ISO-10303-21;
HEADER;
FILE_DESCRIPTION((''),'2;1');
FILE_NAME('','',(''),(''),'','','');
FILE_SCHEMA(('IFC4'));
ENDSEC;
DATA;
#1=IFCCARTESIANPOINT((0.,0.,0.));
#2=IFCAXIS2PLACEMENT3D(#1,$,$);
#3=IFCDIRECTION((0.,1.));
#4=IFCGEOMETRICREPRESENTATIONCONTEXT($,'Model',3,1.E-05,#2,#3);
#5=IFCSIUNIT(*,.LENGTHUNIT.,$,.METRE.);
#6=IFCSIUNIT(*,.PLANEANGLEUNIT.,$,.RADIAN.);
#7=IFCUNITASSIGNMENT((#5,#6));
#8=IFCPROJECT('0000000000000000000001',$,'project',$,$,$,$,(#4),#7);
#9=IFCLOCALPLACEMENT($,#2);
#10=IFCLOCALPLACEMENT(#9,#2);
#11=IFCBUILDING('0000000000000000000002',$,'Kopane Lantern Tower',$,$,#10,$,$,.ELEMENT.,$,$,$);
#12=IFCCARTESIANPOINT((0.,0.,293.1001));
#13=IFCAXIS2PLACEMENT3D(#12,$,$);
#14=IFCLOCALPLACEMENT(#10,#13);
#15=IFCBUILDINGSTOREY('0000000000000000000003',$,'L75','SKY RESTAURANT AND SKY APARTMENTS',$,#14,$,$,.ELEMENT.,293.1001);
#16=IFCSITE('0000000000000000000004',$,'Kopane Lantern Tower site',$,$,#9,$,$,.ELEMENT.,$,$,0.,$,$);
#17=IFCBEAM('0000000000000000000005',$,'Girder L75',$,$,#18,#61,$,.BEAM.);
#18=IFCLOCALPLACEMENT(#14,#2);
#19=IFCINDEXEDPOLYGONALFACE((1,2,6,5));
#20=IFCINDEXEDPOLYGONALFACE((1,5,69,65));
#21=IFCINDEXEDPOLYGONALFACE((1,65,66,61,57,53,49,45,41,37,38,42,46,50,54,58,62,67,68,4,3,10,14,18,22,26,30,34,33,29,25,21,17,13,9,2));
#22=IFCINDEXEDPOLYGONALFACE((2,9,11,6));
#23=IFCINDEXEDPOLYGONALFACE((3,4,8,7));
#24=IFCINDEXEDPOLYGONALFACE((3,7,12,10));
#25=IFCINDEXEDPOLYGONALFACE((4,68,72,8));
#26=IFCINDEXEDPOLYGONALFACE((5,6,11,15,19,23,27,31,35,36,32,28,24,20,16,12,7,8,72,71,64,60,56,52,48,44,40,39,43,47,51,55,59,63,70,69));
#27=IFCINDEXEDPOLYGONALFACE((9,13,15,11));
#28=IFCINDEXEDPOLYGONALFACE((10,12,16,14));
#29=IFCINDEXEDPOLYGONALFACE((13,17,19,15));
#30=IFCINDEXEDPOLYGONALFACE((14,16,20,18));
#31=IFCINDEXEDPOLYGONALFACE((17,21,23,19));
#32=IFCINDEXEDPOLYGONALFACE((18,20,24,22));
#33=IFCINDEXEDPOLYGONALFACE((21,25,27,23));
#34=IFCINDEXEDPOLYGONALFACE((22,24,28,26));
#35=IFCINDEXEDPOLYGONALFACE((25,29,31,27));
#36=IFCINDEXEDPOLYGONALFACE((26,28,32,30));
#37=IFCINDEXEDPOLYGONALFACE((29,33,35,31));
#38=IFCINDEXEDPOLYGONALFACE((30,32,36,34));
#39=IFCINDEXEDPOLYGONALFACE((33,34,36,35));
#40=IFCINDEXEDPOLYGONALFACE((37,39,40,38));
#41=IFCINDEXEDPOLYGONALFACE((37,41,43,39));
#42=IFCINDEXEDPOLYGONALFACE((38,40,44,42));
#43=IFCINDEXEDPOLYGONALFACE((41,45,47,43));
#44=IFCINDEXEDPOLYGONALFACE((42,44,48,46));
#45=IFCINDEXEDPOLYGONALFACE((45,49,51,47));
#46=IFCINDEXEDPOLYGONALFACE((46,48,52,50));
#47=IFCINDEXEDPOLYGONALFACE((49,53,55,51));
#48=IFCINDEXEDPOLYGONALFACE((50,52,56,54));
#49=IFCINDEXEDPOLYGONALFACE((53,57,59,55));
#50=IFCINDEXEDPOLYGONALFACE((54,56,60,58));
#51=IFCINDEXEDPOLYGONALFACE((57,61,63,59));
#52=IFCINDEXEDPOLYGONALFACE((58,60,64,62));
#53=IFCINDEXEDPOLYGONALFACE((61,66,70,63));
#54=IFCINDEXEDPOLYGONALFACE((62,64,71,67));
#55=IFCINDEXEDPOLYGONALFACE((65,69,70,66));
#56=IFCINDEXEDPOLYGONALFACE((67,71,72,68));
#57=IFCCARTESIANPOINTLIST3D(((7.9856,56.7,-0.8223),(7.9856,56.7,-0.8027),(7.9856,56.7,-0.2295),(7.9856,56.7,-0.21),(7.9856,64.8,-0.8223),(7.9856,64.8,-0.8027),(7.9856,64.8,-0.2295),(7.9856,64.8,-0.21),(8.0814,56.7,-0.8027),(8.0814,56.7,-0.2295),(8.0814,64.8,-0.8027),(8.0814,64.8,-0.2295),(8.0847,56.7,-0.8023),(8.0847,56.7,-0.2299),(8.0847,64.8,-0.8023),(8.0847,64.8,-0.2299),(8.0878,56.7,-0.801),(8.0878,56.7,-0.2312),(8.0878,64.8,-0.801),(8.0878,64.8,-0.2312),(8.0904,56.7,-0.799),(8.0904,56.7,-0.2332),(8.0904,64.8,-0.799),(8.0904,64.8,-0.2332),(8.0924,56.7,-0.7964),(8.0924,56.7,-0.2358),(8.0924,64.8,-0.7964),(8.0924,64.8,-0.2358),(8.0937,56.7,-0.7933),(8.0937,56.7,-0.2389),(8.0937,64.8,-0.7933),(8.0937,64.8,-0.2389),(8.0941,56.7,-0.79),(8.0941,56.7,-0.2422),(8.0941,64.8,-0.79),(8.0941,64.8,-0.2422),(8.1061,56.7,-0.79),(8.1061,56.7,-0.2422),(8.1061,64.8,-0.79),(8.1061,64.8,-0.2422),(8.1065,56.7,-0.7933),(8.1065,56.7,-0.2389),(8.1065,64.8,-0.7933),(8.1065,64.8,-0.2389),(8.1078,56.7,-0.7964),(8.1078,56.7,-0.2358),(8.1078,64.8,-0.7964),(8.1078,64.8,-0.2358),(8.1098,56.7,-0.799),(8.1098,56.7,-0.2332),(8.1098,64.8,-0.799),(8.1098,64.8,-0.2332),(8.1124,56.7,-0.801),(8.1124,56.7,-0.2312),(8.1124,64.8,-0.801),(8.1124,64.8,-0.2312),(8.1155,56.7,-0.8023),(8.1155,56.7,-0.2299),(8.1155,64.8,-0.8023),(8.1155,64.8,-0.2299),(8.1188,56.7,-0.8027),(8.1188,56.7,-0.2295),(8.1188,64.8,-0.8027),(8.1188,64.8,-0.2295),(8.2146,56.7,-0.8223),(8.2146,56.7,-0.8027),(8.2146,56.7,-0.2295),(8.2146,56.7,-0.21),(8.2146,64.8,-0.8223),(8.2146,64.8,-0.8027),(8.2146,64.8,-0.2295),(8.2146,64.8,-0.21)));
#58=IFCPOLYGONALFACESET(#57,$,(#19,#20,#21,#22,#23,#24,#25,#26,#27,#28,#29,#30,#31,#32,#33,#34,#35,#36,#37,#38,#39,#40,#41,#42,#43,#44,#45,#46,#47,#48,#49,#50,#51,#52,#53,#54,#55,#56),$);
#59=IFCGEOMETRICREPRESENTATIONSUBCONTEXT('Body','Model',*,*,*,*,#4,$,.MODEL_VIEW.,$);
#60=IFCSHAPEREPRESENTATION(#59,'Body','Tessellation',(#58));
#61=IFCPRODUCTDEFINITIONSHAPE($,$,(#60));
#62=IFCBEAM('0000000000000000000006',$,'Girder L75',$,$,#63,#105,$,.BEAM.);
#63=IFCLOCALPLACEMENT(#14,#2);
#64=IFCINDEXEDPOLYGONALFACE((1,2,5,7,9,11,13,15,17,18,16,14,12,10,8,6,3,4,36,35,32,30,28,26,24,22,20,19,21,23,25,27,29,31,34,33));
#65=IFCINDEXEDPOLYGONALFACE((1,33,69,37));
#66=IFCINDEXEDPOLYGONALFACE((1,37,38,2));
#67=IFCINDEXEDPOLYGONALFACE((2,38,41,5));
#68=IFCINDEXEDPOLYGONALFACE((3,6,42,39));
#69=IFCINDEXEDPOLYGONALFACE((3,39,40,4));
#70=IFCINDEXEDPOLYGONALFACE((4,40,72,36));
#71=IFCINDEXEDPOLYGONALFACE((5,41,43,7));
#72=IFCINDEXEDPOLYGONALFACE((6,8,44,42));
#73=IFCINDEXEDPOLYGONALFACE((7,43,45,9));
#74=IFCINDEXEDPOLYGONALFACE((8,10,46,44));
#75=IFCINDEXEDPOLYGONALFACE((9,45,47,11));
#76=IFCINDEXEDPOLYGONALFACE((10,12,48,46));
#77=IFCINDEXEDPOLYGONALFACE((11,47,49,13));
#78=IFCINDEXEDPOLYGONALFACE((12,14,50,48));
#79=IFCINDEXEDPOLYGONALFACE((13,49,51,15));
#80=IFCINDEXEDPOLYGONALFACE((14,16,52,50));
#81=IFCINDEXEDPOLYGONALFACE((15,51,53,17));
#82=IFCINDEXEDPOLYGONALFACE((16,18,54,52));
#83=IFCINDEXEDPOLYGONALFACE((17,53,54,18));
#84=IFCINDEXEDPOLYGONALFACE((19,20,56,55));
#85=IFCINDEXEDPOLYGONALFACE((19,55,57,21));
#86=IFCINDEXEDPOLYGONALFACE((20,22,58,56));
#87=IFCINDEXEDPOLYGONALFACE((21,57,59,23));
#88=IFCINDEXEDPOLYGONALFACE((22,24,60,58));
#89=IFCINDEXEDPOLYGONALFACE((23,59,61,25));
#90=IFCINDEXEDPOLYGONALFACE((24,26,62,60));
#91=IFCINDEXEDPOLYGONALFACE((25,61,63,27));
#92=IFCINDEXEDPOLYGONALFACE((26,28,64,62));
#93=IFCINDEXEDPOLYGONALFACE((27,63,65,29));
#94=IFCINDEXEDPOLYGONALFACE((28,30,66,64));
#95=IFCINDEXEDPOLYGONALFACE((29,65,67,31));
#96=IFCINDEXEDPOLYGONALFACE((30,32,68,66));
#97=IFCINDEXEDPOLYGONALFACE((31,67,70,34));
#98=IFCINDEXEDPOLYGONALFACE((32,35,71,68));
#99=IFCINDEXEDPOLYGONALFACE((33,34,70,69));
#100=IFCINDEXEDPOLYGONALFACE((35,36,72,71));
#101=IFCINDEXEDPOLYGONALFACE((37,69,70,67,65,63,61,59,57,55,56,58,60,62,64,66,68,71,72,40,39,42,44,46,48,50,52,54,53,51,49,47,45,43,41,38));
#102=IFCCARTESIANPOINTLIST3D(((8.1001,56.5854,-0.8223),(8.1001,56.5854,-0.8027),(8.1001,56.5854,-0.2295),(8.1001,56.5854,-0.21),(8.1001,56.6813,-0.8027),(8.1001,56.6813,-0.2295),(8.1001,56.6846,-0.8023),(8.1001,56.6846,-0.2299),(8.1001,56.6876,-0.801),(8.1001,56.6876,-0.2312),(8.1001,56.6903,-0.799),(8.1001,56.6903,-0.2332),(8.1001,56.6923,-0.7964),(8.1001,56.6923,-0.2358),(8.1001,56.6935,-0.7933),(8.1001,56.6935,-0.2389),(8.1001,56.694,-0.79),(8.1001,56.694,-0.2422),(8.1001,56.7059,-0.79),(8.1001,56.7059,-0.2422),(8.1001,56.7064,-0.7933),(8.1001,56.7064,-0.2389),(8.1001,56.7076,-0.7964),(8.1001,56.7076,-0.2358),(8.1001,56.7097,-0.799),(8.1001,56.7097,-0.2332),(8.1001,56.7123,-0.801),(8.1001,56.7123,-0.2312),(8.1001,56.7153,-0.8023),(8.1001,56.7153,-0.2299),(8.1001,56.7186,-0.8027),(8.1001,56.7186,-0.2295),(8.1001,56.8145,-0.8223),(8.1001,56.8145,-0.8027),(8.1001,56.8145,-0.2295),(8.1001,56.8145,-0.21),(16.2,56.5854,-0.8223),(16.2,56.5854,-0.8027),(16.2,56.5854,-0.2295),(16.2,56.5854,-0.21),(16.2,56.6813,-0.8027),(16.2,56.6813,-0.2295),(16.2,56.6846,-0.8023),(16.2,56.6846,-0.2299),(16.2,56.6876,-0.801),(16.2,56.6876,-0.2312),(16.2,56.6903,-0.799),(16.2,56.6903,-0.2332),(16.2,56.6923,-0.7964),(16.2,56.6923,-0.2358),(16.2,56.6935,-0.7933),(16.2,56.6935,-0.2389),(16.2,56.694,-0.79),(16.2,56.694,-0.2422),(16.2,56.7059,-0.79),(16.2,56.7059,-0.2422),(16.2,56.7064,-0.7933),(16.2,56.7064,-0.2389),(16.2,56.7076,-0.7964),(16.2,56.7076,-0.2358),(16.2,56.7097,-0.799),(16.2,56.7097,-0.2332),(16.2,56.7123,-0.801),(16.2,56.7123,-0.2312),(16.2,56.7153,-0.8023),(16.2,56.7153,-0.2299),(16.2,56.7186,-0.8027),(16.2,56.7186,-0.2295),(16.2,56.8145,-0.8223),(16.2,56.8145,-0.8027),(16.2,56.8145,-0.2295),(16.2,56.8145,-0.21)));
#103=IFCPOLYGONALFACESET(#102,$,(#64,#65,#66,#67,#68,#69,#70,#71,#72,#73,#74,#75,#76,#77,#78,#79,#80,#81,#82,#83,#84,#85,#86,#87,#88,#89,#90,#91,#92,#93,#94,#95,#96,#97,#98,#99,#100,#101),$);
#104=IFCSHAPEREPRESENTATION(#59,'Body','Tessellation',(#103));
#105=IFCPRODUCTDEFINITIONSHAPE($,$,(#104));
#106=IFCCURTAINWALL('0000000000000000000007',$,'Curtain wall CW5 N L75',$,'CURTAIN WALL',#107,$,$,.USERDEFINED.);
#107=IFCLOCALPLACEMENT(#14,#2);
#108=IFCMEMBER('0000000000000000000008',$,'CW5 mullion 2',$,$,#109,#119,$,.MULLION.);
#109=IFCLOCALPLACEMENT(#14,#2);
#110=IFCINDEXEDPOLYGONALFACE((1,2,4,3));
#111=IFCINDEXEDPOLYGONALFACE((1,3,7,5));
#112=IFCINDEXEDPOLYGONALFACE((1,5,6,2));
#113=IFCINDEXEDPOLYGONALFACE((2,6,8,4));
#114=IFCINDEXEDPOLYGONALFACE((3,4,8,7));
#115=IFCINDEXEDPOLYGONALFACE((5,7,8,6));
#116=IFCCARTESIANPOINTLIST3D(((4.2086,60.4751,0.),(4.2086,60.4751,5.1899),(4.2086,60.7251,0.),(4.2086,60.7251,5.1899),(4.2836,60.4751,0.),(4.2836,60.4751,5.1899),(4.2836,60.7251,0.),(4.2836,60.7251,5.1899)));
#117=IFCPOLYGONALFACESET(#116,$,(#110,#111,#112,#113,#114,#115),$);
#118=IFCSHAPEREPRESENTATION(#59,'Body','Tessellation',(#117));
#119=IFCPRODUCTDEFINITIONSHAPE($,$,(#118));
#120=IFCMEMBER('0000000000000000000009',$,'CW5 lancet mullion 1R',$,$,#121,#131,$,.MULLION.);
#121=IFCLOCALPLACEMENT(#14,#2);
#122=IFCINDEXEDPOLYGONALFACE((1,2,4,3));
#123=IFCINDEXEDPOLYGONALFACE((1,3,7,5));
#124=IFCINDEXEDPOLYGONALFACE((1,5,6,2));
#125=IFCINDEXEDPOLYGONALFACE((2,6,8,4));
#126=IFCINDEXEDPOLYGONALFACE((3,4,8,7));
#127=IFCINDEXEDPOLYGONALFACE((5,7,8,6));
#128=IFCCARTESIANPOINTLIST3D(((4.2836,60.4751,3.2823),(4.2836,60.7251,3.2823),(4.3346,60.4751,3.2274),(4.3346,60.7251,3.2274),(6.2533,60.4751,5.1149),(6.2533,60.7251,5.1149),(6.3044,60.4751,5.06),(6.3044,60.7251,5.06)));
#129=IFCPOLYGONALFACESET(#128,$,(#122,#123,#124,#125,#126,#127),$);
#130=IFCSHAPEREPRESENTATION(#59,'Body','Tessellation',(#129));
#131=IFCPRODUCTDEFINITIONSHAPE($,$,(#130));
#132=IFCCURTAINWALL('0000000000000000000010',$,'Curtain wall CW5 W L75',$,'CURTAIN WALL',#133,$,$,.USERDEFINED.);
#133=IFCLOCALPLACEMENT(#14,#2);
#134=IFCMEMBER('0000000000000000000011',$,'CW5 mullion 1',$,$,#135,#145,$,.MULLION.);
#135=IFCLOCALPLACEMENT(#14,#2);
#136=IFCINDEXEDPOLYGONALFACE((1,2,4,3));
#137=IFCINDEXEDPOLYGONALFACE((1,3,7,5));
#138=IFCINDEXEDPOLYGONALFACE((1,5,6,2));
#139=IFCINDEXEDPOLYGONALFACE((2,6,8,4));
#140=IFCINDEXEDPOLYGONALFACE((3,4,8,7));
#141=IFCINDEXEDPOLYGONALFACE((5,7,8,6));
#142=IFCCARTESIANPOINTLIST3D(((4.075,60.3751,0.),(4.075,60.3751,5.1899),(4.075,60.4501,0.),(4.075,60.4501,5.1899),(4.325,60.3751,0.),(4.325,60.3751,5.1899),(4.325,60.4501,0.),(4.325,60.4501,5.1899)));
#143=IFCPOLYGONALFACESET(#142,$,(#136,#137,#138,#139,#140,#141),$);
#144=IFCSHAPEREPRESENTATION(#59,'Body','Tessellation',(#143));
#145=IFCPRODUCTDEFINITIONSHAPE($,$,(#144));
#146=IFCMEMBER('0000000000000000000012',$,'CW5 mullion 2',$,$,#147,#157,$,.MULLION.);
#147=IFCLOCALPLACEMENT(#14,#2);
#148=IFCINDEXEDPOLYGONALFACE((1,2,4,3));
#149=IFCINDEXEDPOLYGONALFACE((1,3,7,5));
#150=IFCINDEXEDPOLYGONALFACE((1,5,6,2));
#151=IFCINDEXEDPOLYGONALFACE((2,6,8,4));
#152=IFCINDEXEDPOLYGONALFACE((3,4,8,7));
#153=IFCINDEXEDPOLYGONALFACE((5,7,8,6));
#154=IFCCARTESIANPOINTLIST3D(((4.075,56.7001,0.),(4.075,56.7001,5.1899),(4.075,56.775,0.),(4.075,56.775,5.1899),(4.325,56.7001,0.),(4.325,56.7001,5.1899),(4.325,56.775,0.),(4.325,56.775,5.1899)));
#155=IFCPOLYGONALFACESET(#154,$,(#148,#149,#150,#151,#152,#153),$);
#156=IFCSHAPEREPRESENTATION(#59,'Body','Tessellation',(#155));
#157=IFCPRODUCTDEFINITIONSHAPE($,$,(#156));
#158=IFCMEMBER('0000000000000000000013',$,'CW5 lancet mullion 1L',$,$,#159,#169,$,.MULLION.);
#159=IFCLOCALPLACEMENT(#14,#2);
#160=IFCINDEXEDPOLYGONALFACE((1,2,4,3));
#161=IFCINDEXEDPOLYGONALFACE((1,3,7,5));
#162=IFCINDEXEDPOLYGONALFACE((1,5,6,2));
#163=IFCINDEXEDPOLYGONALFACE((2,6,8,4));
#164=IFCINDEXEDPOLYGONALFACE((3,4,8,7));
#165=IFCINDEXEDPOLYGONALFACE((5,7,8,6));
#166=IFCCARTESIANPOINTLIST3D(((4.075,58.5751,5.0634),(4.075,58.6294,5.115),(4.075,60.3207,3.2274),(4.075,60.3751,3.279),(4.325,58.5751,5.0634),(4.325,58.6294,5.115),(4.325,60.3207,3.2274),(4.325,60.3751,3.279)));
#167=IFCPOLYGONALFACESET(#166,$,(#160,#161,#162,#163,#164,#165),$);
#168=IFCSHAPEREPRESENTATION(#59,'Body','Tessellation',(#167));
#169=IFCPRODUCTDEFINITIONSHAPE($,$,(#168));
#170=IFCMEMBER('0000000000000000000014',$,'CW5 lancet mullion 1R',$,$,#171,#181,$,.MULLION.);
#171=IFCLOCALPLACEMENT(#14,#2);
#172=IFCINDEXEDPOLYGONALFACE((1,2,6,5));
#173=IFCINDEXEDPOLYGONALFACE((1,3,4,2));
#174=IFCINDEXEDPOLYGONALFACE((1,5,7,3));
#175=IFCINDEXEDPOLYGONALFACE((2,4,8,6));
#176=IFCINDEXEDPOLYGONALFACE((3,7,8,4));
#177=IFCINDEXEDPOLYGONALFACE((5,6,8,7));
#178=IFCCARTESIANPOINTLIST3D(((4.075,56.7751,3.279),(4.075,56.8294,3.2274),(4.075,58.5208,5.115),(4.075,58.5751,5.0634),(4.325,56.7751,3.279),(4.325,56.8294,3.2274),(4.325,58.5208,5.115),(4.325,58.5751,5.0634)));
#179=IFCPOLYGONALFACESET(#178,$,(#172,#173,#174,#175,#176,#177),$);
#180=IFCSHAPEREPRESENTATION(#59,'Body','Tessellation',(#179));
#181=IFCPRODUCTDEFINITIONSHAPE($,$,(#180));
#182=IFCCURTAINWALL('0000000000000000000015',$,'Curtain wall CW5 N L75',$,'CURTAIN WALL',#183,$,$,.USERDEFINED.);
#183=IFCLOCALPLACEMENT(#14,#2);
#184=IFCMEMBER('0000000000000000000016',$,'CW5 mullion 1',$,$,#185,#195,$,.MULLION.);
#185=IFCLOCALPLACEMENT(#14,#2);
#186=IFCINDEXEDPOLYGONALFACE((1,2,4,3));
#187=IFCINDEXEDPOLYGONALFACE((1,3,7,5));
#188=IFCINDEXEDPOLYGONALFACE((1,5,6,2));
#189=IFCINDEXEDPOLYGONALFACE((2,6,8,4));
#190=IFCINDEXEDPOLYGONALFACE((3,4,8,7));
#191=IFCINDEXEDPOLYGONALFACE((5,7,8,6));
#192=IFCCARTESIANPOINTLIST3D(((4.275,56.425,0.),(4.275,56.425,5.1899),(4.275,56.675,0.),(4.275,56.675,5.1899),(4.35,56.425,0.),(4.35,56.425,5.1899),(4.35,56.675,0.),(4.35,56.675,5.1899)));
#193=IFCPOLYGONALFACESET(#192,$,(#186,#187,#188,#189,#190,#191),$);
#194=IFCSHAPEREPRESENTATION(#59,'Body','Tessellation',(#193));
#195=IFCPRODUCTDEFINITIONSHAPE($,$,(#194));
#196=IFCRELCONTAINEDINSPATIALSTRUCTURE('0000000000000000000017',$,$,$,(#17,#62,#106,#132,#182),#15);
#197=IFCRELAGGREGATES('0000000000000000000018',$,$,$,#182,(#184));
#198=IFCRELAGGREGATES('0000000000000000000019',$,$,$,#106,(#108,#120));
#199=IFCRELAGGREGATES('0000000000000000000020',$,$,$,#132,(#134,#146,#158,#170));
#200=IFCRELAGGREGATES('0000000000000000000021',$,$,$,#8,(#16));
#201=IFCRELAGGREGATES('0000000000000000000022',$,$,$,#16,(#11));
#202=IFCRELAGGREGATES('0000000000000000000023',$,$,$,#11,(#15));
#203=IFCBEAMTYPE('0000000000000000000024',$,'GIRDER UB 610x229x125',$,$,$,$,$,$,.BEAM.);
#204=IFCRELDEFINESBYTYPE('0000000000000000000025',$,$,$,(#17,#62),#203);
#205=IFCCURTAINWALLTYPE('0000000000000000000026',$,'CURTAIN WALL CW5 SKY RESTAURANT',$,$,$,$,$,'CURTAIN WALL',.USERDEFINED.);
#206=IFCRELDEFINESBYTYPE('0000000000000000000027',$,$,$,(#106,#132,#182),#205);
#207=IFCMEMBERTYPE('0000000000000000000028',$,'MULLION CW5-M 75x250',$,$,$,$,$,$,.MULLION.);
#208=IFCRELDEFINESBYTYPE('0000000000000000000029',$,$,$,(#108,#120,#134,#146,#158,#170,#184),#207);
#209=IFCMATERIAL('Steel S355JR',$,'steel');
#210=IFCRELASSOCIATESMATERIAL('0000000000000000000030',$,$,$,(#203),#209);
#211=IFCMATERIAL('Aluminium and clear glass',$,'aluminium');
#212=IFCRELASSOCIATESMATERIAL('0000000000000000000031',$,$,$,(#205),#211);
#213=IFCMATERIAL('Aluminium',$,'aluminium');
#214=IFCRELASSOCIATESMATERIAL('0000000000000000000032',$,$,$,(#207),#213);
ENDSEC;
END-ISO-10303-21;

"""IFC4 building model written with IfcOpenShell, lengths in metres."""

from ifc_helpers import new_model, si_unit, direction, frame, origin, origin_2d, place, context, subcontext, project, spatial, rectangle, i_section, extrude, material, material_profile, profile_set, type_object, element, aggregate, save


model = new_model("IFC4")

# Units and contexts
model_context = context("Model", 3, precision=1e-05, world=origin(), true_north=direction((0.0, 1.0)))
body_context = subcontext(model_context, "Body", "Model", "MODEL_VIEW")
ifc_project = project(units=[si_unit("LENGTHUNIT", "METRE"), si_unit("PLANEANGLEUNIT", "RADIAN")], contexts=[model_context])

# Site, building, storey
site_placement = place(None, origin())
site = spatial("IfcSite", under=ifc_project, at=site_placement, Name="Kopane Lantern Tower site", CompositionType="ELEMENT", RefElevation=0.0)
building_placement = place(site_placement, origin())
building = spatial("IfcBuilding", under=site, at=building_placement, Name="Kopane Lantern Tower", CompositionType="ELEMENT")
storey_placement = place(building_placement, frame((0.0, 0.0, 293.1001)))
storey = spatial("IfcBuildingStorey", under=building, at=storey_placement, Name="L75", Description="SKY RESTAURANT AND SKY APARTMENTS", CompositionType="ELEMENT", Elevation=293.1001)

# Beams
ifc_material_1 = material(Name="Steel S355JR", Category="steel")
ifc_material_profile_1 = material_profile(ifc_material_1, i_section(OverallWidth=0.229, OverallDepth=0.6123, WebThickness=0.012, FlangeThickness=0.0195, FilletRadius=0.0127, at=origin_2d()), Name="UB 610x229x125")
ifc_profile_set_1 = profile_set([ifc_material_profile_1], Name="Steel S355JR")
beam_type_1 = type_object("IfcBeamType", Name="GIRDER UB 610x229x125", PredefinedType="BEAM", material=ifc_profile_set_1)
for number, where, z_axis, x_axis, name in (
    (1, (8.1001, 56.7, -0.5161), (0.0, 1.0, 0.0), (-1.0, 0.0, 0.0), "Girder L75"),
):
    element("IfcBeam", number, at=place(storey_placement, frame(where, z_axis=z_axis, x_axis=x_axis)), inside=storey, type_object=beam_type_1, Name=name, PredefinedType="BEAM", context=body_context, shape_type="SweptSolid", body=[
        extrude(i_section(OverallWidth=0.229, OverallDepth=0.6123, WebThickness=0.012, FlangeThickness=0.0195, FilletRadius=0.0127, at=origin_2d()), origin(), (0.0, 0.0, 1.0), 8.1001),
    ])
beam_1_placement = place(storey_placement, frame((8.1001, 56.7, -0.5161), z_axis=(1.0, 0.0, 0.0), x_axis=(0.0, 1.0, 0.0)))
element("IfcBeam", 2, at=beam_1_placement, inside=storey, type_object=beam_type_1, Name="Girder L75", PredefinedType="BEAM", context=body_context, shape_type="SweptSolid", body=[
    extrude(i_section(OverallWidth=0.229, OverallDepth=0.6123, WebThickness=0.012, FlangeThickness=0.0195, FilletRadius=0.0127, at=origin_2d()), origin(), (0.0, 0.0, 1.0), 8.0999),
])

# Curtain walls, members
ifc_material_2 = material(Name="Aluminium and clear glass", Category="aluminium")
curtain_wall_type = type_object("IfcCurtainWallType", Name="CURTAIN WALL CW5 SKY RESTAURANT", ElementType="CURTAIN WALL", PredefinedType="USERDEFINED", material=ifc_material_2)
curtain_wall_1_placement = place(storey_placement, origin())
curtain_wall_1 = element("IfcCurtainWall", 3, at=curtain_wall_1_placement, inside=storey, type_object=curtain_wall_type, Name="Curtain wall CW5 N L75", ObjectType="CURTAIN WALL", PredefinedType="USERDEFINED")
ifc_material_3 = material(Name="Aluminium", Category="aluminium")
ifc_material_profile_2 = material_profile(ifc_material_3, rectangle(XDim=0.075, YDim=0.25, at=origin_2d()), Name="AL 75x250")
ifc_profile_set_2 = profile_set([ifc_material_profile_2], Name="Aluminium")
member_type_1 = type_object("IfcMemberType", Name="MULLION CW5-M 75x250", PredefinedType="MULLION", material=ifc_profile_set_2)
member_1_placement = place(storey_placement, frame((4.2461, 60.6001, 0.0), z_axis=(0.0, 0.0, 1.0), x_axis=(-1.0, 0.0, 0.0)))
member_1 = element("IfcMember", 4, at=member_1_placement, type_object=member_type_1, Name="CW5 mullion 2", PredefinedType="MULLION", context=body_context, shape_type="SweptSolid", body=[
    extrude(rectangle(XDim=0.075, YDim=0.25, at=origin_2d()), origin(), (0.0, 0.0, 1.0), 5.1899),
])
member_2_placement = place(storey_placement, frame((4.3091, 60.6001, 3.2549), z_axis=(0.732147, 0.0, 0.681147), x_axis=(-0.681147, 0.0, 0.732147)))
member_2 = element("IfcMember", 5, at=member_2_placement, type_object=member_type_1, Name="CW5 lancet mullion 1R", PredefinedType="MULLION", context=body_context, shape_type="SweptSolid", body=[
    extrude(rectangle(XDim=0.075, YDim=0.25, at=origin_2d()), origin(), (0.0, 0.0, 1.0), 2.6904),
])
curtain_wall_2_placement = place(storey_placement, origin())
curtain_wall_2 = element("IfcCurtainWall", 6, at=curtain_wall_2_placement, inside=storey, type_object=curtain_wall_type, Name="Curtain wall CW5 W L75", ObjectType="CURTAIN WALL", PredefinedType="USERDEFINED")
member_3_placement = place(storey_placement, frame((4.2, 60.4126, 0.0), z_axis=(0.0, 0.0, 1.0), x_axis=(0.0, -1.0, 0.0)))
member_3 = element("IfcMember", 7, at=member_3_placement, type_object=member_type_1, Name="CW5 mullion 1", PredefinedType="MULLION", context=body_context, shape_type="SweptSolid", body=[
    extrude(rectangle(XDim=0.075, YDim=0.25, at=origin_2d()), origin(), (0.0, 0.0, 1.0), 5.1899),
])
member_4_placement = place(storey_placement, frame((4.2, 56.7375, 0.0), z_axis=(0.0, 0.0, 1.0), x_axis=(0.0, -1.0, 0.0)))
member_4 = element("IfcMember", 8, at=member_4_placement, type_object=member_type_1, Name="CW5 mullion 2", PredefinedType="MULLION", context=body_context, shape_type="SweptSolid", body=[
    extrude(rectangle(XDim=0.075, YDim=0.25, at=origin_2d()), origin(), (0.0, 0.0, 1.0), 5.1899),
])
member_5_placement = place(storey_placement, frame((4.2, 60.3479, 3.2532), z_axis=(0.0, -0.689053, 0.724711), x_axis=(0.0, 0.724711, 0.689053)))
member_5 = element("IfcMember", 9, at=member_5_placement, type_object=member_type_1, Name="CW5 lancet mullion 1L", PredefinedType="MULLION", context=body_context, shape_type="SweptSolid", body=[
    extrude(rectangle(XDim=0.075, YDim=0.25, at=origin_2d()), origin(), (0.0, 0.0, 1.0), 2.5334),
])
member_6_placement = place(storey_placement, frame((4.2, 56.8022, 3.2532), z_axis=(0.0, 0.689053, 0.724711), x_axis=(0.0, -0.724711, 0.689053)))
member_6 = element("IfcMember", 10, at=member_6_placement, type_object=member_type_1, Name="CW5 lancet mullion 1R", PredefinedType="MULLION", context=body_context, shape_type="SweptSolid", body=[
    extrude(rectangle(XDim=0.075, YDim=0.25, at=origin_2d()), origin(), (0.0, 0.0, 1.0), 2.5334),
])

# Curtain wall, member
curtain_wall_3_placement = place(storey_placement, origin())
curtain_wall_3 = element("IfcCurtainWall", 11, at=curtain_wall_3_placement, inside=storey, type_object=curtain_wall_type, Name="Curtain wall CW5 N L75", ObjectType="CURTAIN WALL", PredefinedType="USERDEFINED")
member_7_placement = place(storey_placement, frame((4.3125, 56.55, 0.0), z_axis=(0.0, 0.0, 1.0), x_axis=(-1.0, 0.0, 0.0)))
member_7 = element("IfcMember", 12, at=member_7_placement, type_object=member_type_1, Name="CW5 mullion 1", PredefinedType="MULLION", context=body_context, shape_type="SweptSolid", body=[
    extrude(rectangle(XDim=0.075, YDim=0.25, at=origin_2d()), origin(), (0.0, 0.0, 1.0), 5.1899),
])
aggregate(curtain_wall_3, [member_7])

aggregate(curtain_wall_1, [member_1, member_2])
aggregate(curtain_wall_2, [member_3, member_4, member_5, member_6])

save(model, "model.ifc")
